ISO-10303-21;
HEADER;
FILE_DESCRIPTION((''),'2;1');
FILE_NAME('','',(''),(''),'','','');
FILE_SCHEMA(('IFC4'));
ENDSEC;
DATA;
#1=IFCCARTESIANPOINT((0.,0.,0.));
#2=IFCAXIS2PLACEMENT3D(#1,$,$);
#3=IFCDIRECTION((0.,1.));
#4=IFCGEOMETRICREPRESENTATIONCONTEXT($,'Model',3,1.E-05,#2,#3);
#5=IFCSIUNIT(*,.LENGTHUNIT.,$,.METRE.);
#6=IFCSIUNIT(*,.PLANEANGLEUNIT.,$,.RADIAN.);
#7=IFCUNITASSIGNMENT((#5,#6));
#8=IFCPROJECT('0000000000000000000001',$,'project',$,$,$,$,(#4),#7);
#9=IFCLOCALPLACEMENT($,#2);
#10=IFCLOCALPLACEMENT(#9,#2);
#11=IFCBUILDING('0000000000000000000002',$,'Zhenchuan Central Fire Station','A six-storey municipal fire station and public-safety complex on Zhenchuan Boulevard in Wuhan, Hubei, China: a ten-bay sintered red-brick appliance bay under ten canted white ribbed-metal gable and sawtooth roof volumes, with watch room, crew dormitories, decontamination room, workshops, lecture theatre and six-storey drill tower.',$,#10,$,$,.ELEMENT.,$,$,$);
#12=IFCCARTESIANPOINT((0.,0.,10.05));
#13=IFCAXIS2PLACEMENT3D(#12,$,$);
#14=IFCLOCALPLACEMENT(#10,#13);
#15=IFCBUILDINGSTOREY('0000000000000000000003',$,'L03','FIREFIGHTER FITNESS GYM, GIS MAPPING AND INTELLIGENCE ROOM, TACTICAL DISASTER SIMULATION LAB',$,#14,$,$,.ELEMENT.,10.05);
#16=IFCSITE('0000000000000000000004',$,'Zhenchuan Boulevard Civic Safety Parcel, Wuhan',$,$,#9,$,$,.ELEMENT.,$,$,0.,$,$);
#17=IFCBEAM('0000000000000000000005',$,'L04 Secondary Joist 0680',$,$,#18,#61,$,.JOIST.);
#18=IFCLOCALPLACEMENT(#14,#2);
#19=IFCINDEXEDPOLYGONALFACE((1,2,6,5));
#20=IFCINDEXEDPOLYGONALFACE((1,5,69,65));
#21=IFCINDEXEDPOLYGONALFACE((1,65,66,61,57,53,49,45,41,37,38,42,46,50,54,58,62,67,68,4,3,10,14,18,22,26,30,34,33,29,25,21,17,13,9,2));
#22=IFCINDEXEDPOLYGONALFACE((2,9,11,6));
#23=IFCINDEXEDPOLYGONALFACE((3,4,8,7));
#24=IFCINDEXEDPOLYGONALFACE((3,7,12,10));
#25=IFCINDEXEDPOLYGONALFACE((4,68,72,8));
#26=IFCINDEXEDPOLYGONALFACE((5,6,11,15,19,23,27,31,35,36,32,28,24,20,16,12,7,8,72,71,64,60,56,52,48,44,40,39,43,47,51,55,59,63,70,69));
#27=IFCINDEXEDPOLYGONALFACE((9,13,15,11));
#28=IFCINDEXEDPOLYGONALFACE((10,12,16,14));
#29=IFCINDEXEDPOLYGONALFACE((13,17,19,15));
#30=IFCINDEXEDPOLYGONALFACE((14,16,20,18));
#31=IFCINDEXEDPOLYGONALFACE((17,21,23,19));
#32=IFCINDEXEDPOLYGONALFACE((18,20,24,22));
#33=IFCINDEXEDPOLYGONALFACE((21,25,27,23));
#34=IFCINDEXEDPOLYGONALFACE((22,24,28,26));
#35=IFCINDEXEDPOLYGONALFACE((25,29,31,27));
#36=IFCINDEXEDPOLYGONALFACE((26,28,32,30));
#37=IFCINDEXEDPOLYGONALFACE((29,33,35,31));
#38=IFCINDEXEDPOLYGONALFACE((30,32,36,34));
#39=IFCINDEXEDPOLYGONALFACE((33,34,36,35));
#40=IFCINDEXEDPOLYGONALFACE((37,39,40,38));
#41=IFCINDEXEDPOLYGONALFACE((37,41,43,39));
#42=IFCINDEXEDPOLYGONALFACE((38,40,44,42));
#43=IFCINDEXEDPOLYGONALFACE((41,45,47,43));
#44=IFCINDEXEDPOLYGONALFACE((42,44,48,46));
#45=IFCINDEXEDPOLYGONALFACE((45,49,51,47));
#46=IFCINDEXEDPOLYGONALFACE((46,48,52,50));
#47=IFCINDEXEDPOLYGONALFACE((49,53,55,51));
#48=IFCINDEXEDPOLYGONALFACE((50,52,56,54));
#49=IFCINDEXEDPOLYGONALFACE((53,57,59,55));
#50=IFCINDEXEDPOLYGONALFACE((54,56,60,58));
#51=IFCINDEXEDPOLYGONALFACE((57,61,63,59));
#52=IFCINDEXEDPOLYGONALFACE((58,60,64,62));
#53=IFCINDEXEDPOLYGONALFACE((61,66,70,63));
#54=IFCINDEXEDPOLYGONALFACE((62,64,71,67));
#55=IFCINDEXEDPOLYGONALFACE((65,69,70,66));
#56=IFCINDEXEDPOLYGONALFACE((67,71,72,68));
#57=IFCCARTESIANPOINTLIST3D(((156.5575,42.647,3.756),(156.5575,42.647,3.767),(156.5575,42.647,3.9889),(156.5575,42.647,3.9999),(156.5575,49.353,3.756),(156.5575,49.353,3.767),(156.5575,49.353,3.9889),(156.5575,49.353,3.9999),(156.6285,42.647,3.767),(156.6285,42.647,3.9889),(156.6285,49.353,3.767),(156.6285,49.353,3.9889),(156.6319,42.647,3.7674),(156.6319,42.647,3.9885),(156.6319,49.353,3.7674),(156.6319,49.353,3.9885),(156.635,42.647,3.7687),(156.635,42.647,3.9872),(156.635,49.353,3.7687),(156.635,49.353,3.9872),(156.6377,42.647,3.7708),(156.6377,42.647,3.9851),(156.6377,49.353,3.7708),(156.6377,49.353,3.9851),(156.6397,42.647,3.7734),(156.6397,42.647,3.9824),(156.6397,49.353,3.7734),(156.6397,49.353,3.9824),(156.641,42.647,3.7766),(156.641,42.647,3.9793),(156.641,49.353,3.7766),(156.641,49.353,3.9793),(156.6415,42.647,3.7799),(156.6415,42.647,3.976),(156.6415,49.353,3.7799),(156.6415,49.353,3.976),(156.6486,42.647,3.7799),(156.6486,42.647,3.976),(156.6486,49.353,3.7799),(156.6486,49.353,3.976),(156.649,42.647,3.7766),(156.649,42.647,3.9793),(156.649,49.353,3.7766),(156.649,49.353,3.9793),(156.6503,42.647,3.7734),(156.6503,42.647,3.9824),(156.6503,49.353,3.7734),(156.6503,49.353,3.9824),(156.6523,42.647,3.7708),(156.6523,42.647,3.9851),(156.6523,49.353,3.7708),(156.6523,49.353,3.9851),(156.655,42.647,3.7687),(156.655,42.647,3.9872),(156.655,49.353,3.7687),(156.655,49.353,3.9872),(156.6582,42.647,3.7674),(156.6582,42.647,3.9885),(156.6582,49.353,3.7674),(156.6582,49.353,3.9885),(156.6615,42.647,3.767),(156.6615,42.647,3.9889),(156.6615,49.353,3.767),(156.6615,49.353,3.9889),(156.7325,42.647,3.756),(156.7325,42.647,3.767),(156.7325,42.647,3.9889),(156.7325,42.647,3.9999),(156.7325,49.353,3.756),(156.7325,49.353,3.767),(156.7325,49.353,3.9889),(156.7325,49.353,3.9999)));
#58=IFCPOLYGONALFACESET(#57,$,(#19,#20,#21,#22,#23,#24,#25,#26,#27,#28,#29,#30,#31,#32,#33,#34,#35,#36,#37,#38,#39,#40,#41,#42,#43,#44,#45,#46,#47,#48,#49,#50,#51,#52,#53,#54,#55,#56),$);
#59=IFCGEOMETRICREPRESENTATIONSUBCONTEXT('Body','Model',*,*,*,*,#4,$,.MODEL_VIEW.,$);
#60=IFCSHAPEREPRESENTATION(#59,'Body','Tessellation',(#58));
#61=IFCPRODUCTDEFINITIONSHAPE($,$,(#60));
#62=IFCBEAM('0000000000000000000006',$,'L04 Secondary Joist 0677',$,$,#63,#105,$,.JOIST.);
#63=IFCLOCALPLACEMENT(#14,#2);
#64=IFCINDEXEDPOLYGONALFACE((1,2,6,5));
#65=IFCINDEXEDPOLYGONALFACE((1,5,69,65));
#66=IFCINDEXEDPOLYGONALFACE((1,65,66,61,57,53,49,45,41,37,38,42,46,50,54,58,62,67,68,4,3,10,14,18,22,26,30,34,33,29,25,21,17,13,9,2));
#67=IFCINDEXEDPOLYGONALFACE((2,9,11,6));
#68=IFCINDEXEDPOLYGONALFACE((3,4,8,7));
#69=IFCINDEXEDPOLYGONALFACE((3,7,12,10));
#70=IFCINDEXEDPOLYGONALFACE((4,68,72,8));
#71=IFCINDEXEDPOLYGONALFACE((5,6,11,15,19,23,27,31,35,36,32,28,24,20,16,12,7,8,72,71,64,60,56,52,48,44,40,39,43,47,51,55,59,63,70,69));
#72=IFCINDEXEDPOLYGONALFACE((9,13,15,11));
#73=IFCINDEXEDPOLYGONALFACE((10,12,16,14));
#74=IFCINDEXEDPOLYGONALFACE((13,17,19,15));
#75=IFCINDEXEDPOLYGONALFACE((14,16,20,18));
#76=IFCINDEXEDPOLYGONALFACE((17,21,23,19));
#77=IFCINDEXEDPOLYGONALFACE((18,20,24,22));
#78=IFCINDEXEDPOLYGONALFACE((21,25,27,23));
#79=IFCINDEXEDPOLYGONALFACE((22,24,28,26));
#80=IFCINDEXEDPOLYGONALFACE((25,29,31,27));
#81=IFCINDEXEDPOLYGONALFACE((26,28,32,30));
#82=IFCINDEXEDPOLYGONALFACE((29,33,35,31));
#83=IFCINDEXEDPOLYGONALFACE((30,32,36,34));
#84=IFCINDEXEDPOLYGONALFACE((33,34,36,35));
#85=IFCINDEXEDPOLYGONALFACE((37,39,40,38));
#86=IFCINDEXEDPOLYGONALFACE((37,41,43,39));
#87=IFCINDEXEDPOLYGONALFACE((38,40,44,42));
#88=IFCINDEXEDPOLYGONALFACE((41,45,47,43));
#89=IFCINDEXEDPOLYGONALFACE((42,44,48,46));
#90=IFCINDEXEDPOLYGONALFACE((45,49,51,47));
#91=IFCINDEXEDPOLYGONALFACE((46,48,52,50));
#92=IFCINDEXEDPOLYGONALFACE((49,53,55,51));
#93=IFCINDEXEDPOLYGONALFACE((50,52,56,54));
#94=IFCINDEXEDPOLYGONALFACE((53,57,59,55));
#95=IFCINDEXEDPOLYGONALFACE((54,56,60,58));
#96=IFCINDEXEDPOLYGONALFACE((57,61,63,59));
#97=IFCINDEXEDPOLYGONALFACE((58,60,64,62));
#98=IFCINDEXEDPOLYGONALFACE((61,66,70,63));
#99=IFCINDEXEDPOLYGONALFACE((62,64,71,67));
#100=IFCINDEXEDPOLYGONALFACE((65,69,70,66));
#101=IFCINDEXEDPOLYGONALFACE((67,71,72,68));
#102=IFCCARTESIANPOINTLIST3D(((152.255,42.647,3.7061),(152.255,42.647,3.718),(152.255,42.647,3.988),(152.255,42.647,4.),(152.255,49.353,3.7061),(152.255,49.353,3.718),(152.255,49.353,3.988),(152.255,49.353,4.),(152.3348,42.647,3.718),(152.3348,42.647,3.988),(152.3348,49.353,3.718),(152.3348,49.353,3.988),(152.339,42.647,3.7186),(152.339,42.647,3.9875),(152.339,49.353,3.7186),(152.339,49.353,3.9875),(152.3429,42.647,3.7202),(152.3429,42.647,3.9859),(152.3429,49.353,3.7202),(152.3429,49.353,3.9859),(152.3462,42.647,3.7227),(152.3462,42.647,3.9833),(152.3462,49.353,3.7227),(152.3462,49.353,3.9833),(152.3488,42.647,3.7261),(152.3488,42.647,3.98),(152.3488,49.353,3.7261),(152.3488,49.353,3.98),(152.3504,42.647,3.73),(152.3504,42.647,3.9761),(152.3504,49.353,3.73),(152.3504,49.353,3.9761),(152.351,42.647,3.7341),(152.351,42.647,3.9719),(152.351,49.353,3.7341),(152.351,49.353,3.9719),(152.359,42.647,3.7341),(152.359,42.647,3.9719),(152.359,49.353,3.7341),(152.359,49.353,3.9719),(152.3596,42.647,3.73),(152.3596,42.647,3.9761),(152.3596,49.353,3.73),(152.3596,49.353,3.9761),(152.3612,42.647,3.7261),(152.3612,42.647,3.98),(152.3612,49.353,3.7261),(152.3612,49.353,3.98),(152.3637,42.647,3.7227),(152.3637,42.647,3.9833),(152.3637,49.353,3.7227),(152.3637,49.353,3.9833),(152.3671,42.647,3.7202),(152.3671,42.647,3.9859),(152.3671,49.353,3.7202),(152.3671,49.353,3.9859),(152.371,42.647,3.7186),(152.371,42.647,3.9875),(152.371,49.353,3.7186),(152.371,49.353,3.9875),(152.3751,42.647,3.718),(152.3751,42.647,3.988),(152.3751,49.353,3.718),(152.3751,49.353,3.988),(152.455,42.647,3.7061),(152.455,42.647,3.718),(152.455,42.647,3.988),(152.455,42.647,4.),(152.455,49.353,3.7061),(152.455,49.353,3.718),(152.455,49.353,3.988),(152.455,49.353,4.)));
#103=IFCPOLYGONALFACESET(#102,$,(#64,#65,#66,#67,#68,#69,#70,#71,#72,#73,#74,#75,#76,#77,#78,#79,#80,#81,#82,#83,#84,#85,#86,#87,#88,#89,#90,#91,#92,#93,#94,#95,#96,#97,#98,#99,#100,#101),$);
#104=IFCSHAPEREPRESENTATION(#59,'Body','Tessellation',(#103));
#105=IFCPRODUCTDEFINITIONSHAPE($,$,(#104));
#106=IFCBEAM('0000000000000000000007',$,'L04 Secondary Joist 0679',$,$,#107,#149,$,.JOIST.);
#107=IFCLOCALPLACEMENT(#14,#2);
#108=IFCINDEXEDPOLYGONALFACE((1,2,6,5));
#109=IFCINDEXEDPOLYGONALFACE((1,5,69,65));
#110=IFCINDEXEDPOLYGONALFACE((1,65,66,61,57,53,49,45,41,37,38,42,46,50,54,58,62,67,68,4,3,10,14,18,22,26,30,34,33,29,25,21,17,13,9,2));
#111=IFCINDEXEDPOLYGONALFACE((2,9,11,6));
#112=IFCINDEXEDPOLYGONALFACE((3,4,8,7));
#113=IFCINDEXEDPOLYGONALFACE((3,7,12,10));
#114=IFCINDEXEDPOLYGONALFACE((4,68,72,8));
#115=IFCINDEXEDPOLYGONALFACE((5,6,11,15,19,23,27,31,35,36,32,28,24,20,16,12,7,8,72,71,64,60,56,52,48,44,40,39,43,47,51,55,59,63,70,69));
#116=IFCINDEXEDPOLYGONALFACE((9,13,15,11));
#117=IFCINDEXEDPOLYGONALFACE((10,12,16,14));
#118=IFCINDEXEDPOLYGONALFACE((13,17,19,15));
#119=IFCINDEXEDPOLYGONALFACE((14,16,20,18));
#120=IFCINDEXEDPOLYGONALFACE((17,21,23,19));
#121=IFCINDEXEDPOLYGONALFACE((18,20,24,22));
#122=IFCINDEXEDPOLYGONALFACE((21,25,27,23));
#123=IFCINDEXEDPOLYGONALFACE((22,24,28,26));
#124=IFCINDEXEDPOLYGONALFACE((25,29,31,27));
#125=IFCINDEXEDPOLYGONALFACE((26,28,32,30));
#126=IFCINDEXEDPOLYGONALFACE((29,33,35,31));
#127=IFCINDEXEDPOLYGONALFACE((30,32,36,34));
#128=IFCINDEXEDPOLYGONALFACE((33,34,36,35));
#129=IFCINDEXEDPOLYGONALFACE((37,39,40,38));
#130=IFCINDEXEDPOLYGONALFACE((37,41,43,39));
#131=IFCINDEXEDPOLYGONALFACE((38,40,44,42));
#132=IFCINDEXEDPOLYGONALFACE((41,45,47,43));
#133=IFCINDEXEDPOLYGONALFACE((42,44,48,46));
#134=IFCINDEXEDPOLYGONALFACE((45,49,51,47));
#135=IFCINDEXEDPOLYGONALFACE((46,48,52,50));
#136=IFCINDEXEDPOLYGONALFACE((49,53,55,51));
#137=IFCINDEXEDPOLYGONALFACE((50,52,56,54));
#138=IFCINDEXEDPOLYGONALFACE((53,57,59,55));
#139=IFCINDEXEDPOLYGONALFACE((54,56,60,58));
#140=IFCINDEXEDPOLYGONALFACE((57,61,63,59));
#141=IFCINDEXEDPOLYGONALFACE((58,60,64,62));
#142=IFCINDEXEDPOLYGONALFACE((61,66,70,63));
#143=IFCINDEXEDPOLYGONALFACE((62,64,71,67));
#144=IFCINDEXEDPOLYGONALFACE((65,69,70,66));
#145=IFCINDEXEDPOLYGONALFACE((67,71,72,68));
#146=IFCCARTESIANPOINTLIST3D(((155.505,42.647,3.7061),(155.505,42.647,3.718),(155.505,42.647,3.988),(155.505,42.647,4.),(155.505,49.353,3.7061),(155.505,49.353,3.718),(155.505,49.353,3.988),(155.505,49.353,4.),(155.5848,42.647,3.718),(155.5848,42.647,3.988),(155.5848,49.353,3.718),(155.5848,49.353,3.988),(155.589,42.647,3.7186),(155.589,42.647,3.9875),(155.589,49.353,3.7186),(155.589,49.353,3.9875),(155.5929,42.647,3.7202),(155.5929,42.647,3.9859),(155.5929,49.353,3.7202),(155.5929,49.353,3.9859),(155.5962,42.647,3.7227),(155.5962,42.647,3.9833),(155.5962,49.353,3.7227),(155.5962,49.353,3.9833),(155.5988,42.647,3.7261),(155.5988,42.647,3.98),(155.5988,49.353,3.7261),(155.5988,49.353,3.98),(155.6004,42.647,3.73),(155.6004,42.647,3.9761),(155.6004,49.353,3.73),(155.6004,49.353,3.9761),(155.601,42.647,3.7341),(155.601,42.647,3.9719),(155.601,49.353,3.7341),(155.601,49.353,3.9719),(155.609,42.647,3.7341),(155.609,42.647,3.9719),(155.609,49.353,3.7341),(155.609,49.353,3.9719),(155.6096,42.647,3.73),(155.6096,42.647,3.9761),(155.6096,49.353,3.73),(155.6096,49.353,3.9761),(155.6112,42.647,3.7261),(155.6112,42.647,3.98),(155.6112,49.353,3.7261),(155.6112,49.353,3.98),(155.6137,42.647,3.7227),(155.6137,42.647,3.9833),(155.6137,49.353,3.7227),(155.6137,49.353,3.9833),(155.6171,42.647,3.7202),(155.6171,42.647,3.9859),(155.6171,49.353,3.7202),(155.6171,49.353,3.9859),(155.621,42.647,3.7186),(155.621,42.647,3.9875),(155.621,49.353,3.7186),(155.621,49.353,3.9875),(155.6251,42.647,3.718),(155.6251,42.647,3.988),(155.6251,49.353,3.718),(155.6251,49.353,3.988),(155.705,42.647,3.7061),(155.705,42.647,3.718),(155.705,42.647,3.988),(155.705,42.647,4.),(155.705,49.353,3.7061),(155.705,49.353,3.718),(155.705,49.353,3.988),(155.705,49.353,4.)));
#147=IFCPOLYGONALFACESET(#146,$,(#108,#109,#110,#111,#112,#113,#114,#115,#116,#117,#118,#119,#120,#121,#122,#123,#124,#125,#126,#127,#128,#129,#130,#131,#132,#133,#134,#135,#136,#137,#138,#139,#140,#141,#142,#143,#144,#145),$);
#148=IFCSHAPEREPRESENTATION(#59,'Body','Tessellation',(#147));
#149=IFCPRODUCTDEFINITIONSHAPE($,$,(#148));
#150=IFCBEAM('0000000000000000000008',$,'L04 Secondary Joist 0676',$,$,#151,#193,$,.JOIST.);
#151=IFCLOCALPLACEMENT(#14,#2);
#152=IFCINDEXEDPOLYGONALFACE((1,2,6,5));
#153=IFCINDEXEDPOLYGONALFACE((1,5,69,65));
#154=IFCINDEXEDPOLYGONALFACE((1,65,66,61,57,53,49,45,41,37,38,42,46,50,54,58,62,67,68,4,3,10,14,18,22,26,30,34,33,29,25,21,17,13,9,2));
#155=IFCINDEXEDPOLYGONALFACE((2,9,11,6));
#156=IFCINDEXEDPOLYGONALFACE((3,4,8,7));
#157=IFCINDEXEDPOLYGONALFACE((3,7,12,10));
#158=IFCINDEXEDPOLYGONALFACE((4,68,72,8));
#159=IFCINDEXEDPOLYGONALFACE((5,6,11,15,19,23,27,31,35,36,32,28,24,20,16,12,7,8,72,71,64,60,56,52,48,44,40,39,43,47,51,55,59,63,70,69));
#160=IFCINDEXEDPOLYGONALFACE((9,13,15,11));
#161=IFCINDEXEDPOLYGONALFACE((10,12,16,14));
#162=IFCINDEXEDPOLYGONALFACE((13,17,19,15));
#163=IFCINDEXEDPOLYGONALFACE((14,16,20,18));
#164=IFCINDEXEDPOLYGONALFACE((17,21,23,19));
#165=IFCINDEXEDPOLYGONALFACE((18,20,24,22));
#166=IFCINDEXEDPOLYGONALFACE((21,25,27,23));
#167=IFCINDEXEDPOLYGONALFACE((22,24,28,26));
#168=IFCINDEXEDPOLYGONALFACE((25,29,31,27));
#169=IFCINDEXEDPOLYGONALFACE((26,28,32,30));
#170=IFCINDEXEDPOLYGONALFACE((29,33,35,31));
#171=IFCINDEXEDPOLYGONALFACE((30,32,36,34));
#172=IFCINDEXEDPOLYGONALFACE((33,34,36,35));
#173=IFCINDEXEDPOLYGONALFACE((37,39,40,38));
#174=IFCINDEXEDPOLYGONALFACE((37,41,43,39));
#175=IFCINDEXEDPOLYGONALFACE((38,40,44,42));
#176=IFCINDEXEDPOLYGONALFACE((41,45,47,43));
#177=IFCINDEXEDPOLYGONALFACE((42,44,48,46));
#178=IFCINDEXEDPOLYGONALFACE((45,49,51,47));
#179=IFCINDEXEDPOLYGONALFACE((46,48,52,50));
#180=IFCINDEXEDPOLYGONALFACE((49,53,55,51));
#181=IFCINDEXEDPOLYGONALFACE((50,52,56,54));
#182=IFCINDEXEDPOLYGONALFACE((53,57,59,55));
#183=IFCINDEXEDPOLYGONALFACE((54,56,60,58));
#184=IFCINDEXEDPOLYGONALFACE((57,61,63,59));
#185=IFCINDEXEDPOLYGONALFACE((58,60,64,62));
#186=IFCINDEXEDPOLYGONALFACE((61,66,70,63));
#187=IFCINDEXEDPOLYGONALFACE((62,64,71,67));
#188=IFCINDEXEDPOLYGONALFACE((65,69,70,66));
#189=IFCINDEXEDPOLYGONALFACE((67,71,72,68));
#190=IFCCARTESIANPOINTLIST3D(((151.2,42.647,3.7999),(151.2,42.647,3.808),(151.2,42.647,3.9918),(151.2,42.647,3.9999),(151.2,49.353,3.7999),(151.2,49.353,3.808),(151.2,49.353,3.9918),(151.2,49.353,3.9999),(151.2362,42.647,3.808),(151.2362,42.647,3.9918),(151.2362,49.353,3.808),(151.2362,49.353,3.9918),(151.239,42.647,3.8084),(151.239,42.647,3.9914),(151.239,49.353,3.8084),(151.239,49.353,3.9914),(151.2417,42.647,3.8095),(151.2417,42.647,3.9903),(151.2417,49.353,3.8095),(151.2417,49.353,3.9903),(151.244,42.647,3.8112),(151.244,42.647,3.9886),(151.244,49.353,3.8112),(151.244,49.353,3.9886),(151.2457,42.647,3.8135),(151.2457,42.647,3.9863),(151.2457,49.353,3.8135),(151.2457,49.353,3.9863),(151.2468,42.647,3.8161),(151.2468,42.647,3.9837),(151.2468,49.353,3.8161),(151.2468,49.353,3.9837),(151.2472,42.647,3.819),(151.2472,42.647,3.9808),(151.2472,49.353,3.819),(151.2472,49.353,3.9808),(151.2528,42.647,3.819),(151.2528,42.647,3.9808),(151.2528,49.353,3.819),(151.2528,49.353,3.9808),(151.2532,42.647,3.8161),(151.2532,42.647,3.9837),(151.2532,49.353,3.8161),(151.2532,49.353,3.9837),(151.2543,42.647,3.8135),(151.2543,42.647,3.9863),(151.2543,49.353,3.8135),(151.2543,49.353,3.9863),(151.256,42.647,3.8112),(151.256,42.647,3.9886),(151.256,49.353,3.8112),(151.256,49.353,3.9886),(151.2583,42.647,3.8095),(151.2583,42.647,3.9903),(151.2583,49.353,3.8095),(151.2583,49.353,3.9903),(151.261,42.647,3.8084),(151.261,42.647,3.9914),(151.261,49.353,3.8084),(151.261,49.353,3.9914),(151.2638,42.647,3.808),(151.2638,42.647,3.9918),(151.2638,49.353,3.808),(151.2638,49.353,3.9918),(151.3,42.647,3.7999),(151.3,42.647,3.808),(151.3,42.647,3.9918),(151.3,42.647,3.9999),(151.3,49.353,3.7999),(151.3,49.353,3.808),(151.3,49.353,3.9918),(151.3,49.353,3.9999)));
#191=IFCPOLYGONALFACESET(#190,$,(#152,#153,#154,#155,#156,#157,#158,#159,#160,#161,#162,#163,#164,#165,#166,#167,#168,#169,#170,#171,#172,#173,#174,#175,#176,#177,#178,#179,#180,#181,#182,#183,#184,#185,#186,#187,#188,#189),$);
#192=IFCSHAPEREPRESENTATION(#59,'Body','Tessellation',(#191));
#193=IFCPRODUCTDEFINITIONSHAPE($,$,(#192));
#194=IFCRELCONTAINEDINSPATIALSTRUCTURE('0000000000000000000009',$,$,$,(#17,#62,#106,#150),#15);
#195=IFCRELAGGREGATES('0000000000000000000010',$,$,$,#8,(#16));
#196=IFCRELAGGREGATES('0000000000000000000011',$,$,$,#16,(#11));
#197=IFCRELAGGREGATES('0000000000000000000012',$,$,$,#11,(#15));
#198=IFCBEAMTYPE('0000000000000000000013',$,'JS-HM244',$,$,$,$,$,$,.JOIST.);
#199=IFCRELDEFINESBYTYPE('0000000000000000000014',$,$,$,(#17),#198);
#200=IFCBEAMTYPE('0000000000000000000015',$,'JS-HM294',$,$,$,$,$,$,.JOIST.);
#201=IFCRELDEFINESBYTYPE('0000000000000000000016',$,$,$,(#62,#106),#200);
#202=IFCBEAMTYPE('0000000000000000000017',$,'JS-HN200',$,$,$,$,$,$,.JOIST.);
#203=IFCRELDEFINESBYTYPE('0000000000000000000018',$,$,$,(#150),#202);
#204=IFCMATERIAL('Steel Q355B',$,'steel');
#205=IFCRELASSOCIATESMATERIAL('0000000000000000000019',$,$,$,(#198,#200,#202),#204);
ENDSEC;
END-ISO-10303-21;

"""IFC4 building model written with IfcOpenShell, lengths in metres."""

from ifc_helpers import new_model, si_unit, direction, frame, origin, origin_2d, place, context, subcontext, project, spatial, i_section, extrude, material, material_profile, profile_set, type_object, element, save


model = new_model("IFC4")

# Units and contexts
model_context = context("Model", 3, precision=1e-05, world=origin(), true_north=direction((0.0, 1.0)))
body_context = subcontext(model_context, "Body", "Model", "MODEL_VIEW")
ifc_project = project(units=[si_unit("LENGTHUNIT", "METRE"), si_unit("PLANEANGLEUNIT", "RADIAN")], contexts=[model_context])

# Site, building, storey
site_placement = place(None, origin())
site = spatial("IfcSite", under=ifc_project, at=site_placement, Name="Zhenchuan Boulevard Civic Safety Parcel, Wuhan", CompositionType="ELEMENT", RefElevation=0.0)
building_placement = place(site_placement, origin())
building = spatial("IfcBuilding", under=site, at=building_placement, Name="Zhenchuan Central Fire Station", Description="A six-storey municipal fire station and public-safety complex on Zhenchuan Boulevard in Wuhan, Hubei, China: a ten-bay sintered red-brick appliance bay under ten canted white ribbed-metal gable and sawtooth roof volumes, with watch room, crew dormitories, decontamination room, workshops, lecture theatre and six-storey drill tower.", CompositionType="ELEMENT")
storey_placement = place(building_placement, frame((0.0, 0.0, 10.05)))
storey = spatial("IfcBuildingStorey", under=building, at=storey_placement, Name="L03", Description="FIREFIGHTER FITNESS GYM, GIS MAPPING AND INTELLIGENCE ROOM, TACTICAL DISASTER SIMULATION LAB", CompositionType="ELEMENT", Elevation=10.05)

# Beams
ifc_material_1 = material(Name="Steel Q355B", Category="steel")
ifc_material_profile_1 = material_profile(ifc_material_1, i_section(OverallWidth=0.175, OverallDepth=0.2439, WebThickness=0.0071, FlangeThickness=0.011, FilletRadius=0.0129, at=origin_2d()), Name="HM 244x175")
ifc_profile_set_1 = profile_set([ifc_material_profile_1], Name="Steel Q355B")
beam_type_1 = type_object("IfcBeamType", Name="JS-HM244", PredefinedType="JOIST", material=ifc_profile_set_1)
for number, where, z_axis, x_axis, name in (
    (1, (156.645, 42.647, 3.8779), (0.0, 1.0, 0.0), (-1.0, 0.0, 0.0), "L04 Secondary Joist 0680"),
):
    element("IfcBeam", number, at=place(storey_placement, frame(where, z_axis=z_axis, x_axis=x_axis)), inside=storey, type_object=beam_type_1, Name=name, PredefinedType="JOIST", context=body_context, shape_type="SweptSolid", body=[
        extrude(i_section(OverallWidth=0.175, OverallDepth=0.2439, WebThickness=0.0071, FlangeThickness=0.011, FilletRadius=0.0129, at=origin_2d()), origin(), (0.0, 0.0, 1.0), 6.7061),
    ])
ifc_material_profile_2 = material_profile(ifc_material_1, i_section(OverallWidth=0.2, OverallDepth=0.2939, WebThickness=0.0081, FlangeThickness=0.012, FilletRadius=0.0161, at=origin_2d()), Name="HM 294x200")
ifc_profile_set_2 = profile_set([ifc_material_profile_2], Name="Steel Q355B")
beam_type_2 = type_object("IfcBeamType", Name="JS-HM294", PredefinedType="JOIST", material=ifc_profile_set_2)
for number, where, z_axis, x_axis, name in (
    (2, (152.355, 42.647, 3.853), (0.0, 1.0, 0.0), (-1.0, 0.0, 0.0), "L04 Secondary Joist 0677"),
    (3, (155.605, 42.647, 3.853), (0.0, 1.0, 0.0), (-1.0, 0.0, 0.0), "L04 Secondary Joist 0679"),
):
    element("IfcBeam", number, at=place(storey_placement, frame(where, z_axis=z_axis, x_axis=x_axis)), inside=storey, type_object=beam_type_2, Name=name, PredefinedType="JOIST", context=body_context, shape_type="SweptSolid", body=[
        extrude(i_section(OverallWidth=0.2, OverallDepth=0.2939, WebThickness=0.0081, FlangeThickness=0.012, FilletRadius=0.0161, at=origin_2d()), origin(), (0.0, 0.0, 1.0), 6.7061),
    ])
ifc_material_profile_3 = material_profile(ifc_material_1, i_section(OverallWidth=0.1001, OverallDepth=0.2, WebThickness=0.0056, FlangeThickness=0.0081, FilletRadius=0.011, at=origin_2d()), Name="HN 200x100")
ifc_profile_set_3 = profile_set([ifc_material_profile_3], Name="Steel Q355B")
beam_type_3 = type_object("IfcBeamType", Name="JS-HN200", PredefinedType="JOIST", material=ifc_profile_set_3)
beam_1_placement = place(storey_placement, frame((151.25, 42.647, 3.8999), z_axis=(0.0, 1.0, 0.0), x_axis=(-1.0, 0.0, 0.0)))
element("IfcBeam", 4, at=beam_1_placement, inside=storey, type_object=beam_type_3, Name="L04 Secondary Joist 0676", PredefinedType="JOIST", context=body_context, shape_type="SweptSolid", body=[
    extrude(i_section(OverallWidth=0.1001, OverallDepth=0.2, WebThickness=0.0056, FlangeThickness=0.0081, FilletRadius=0.011, at=origin_2d()), origin(), (0.0, 0.0, 1.0), 6.7061),
])

save(model, "model.ifc")
